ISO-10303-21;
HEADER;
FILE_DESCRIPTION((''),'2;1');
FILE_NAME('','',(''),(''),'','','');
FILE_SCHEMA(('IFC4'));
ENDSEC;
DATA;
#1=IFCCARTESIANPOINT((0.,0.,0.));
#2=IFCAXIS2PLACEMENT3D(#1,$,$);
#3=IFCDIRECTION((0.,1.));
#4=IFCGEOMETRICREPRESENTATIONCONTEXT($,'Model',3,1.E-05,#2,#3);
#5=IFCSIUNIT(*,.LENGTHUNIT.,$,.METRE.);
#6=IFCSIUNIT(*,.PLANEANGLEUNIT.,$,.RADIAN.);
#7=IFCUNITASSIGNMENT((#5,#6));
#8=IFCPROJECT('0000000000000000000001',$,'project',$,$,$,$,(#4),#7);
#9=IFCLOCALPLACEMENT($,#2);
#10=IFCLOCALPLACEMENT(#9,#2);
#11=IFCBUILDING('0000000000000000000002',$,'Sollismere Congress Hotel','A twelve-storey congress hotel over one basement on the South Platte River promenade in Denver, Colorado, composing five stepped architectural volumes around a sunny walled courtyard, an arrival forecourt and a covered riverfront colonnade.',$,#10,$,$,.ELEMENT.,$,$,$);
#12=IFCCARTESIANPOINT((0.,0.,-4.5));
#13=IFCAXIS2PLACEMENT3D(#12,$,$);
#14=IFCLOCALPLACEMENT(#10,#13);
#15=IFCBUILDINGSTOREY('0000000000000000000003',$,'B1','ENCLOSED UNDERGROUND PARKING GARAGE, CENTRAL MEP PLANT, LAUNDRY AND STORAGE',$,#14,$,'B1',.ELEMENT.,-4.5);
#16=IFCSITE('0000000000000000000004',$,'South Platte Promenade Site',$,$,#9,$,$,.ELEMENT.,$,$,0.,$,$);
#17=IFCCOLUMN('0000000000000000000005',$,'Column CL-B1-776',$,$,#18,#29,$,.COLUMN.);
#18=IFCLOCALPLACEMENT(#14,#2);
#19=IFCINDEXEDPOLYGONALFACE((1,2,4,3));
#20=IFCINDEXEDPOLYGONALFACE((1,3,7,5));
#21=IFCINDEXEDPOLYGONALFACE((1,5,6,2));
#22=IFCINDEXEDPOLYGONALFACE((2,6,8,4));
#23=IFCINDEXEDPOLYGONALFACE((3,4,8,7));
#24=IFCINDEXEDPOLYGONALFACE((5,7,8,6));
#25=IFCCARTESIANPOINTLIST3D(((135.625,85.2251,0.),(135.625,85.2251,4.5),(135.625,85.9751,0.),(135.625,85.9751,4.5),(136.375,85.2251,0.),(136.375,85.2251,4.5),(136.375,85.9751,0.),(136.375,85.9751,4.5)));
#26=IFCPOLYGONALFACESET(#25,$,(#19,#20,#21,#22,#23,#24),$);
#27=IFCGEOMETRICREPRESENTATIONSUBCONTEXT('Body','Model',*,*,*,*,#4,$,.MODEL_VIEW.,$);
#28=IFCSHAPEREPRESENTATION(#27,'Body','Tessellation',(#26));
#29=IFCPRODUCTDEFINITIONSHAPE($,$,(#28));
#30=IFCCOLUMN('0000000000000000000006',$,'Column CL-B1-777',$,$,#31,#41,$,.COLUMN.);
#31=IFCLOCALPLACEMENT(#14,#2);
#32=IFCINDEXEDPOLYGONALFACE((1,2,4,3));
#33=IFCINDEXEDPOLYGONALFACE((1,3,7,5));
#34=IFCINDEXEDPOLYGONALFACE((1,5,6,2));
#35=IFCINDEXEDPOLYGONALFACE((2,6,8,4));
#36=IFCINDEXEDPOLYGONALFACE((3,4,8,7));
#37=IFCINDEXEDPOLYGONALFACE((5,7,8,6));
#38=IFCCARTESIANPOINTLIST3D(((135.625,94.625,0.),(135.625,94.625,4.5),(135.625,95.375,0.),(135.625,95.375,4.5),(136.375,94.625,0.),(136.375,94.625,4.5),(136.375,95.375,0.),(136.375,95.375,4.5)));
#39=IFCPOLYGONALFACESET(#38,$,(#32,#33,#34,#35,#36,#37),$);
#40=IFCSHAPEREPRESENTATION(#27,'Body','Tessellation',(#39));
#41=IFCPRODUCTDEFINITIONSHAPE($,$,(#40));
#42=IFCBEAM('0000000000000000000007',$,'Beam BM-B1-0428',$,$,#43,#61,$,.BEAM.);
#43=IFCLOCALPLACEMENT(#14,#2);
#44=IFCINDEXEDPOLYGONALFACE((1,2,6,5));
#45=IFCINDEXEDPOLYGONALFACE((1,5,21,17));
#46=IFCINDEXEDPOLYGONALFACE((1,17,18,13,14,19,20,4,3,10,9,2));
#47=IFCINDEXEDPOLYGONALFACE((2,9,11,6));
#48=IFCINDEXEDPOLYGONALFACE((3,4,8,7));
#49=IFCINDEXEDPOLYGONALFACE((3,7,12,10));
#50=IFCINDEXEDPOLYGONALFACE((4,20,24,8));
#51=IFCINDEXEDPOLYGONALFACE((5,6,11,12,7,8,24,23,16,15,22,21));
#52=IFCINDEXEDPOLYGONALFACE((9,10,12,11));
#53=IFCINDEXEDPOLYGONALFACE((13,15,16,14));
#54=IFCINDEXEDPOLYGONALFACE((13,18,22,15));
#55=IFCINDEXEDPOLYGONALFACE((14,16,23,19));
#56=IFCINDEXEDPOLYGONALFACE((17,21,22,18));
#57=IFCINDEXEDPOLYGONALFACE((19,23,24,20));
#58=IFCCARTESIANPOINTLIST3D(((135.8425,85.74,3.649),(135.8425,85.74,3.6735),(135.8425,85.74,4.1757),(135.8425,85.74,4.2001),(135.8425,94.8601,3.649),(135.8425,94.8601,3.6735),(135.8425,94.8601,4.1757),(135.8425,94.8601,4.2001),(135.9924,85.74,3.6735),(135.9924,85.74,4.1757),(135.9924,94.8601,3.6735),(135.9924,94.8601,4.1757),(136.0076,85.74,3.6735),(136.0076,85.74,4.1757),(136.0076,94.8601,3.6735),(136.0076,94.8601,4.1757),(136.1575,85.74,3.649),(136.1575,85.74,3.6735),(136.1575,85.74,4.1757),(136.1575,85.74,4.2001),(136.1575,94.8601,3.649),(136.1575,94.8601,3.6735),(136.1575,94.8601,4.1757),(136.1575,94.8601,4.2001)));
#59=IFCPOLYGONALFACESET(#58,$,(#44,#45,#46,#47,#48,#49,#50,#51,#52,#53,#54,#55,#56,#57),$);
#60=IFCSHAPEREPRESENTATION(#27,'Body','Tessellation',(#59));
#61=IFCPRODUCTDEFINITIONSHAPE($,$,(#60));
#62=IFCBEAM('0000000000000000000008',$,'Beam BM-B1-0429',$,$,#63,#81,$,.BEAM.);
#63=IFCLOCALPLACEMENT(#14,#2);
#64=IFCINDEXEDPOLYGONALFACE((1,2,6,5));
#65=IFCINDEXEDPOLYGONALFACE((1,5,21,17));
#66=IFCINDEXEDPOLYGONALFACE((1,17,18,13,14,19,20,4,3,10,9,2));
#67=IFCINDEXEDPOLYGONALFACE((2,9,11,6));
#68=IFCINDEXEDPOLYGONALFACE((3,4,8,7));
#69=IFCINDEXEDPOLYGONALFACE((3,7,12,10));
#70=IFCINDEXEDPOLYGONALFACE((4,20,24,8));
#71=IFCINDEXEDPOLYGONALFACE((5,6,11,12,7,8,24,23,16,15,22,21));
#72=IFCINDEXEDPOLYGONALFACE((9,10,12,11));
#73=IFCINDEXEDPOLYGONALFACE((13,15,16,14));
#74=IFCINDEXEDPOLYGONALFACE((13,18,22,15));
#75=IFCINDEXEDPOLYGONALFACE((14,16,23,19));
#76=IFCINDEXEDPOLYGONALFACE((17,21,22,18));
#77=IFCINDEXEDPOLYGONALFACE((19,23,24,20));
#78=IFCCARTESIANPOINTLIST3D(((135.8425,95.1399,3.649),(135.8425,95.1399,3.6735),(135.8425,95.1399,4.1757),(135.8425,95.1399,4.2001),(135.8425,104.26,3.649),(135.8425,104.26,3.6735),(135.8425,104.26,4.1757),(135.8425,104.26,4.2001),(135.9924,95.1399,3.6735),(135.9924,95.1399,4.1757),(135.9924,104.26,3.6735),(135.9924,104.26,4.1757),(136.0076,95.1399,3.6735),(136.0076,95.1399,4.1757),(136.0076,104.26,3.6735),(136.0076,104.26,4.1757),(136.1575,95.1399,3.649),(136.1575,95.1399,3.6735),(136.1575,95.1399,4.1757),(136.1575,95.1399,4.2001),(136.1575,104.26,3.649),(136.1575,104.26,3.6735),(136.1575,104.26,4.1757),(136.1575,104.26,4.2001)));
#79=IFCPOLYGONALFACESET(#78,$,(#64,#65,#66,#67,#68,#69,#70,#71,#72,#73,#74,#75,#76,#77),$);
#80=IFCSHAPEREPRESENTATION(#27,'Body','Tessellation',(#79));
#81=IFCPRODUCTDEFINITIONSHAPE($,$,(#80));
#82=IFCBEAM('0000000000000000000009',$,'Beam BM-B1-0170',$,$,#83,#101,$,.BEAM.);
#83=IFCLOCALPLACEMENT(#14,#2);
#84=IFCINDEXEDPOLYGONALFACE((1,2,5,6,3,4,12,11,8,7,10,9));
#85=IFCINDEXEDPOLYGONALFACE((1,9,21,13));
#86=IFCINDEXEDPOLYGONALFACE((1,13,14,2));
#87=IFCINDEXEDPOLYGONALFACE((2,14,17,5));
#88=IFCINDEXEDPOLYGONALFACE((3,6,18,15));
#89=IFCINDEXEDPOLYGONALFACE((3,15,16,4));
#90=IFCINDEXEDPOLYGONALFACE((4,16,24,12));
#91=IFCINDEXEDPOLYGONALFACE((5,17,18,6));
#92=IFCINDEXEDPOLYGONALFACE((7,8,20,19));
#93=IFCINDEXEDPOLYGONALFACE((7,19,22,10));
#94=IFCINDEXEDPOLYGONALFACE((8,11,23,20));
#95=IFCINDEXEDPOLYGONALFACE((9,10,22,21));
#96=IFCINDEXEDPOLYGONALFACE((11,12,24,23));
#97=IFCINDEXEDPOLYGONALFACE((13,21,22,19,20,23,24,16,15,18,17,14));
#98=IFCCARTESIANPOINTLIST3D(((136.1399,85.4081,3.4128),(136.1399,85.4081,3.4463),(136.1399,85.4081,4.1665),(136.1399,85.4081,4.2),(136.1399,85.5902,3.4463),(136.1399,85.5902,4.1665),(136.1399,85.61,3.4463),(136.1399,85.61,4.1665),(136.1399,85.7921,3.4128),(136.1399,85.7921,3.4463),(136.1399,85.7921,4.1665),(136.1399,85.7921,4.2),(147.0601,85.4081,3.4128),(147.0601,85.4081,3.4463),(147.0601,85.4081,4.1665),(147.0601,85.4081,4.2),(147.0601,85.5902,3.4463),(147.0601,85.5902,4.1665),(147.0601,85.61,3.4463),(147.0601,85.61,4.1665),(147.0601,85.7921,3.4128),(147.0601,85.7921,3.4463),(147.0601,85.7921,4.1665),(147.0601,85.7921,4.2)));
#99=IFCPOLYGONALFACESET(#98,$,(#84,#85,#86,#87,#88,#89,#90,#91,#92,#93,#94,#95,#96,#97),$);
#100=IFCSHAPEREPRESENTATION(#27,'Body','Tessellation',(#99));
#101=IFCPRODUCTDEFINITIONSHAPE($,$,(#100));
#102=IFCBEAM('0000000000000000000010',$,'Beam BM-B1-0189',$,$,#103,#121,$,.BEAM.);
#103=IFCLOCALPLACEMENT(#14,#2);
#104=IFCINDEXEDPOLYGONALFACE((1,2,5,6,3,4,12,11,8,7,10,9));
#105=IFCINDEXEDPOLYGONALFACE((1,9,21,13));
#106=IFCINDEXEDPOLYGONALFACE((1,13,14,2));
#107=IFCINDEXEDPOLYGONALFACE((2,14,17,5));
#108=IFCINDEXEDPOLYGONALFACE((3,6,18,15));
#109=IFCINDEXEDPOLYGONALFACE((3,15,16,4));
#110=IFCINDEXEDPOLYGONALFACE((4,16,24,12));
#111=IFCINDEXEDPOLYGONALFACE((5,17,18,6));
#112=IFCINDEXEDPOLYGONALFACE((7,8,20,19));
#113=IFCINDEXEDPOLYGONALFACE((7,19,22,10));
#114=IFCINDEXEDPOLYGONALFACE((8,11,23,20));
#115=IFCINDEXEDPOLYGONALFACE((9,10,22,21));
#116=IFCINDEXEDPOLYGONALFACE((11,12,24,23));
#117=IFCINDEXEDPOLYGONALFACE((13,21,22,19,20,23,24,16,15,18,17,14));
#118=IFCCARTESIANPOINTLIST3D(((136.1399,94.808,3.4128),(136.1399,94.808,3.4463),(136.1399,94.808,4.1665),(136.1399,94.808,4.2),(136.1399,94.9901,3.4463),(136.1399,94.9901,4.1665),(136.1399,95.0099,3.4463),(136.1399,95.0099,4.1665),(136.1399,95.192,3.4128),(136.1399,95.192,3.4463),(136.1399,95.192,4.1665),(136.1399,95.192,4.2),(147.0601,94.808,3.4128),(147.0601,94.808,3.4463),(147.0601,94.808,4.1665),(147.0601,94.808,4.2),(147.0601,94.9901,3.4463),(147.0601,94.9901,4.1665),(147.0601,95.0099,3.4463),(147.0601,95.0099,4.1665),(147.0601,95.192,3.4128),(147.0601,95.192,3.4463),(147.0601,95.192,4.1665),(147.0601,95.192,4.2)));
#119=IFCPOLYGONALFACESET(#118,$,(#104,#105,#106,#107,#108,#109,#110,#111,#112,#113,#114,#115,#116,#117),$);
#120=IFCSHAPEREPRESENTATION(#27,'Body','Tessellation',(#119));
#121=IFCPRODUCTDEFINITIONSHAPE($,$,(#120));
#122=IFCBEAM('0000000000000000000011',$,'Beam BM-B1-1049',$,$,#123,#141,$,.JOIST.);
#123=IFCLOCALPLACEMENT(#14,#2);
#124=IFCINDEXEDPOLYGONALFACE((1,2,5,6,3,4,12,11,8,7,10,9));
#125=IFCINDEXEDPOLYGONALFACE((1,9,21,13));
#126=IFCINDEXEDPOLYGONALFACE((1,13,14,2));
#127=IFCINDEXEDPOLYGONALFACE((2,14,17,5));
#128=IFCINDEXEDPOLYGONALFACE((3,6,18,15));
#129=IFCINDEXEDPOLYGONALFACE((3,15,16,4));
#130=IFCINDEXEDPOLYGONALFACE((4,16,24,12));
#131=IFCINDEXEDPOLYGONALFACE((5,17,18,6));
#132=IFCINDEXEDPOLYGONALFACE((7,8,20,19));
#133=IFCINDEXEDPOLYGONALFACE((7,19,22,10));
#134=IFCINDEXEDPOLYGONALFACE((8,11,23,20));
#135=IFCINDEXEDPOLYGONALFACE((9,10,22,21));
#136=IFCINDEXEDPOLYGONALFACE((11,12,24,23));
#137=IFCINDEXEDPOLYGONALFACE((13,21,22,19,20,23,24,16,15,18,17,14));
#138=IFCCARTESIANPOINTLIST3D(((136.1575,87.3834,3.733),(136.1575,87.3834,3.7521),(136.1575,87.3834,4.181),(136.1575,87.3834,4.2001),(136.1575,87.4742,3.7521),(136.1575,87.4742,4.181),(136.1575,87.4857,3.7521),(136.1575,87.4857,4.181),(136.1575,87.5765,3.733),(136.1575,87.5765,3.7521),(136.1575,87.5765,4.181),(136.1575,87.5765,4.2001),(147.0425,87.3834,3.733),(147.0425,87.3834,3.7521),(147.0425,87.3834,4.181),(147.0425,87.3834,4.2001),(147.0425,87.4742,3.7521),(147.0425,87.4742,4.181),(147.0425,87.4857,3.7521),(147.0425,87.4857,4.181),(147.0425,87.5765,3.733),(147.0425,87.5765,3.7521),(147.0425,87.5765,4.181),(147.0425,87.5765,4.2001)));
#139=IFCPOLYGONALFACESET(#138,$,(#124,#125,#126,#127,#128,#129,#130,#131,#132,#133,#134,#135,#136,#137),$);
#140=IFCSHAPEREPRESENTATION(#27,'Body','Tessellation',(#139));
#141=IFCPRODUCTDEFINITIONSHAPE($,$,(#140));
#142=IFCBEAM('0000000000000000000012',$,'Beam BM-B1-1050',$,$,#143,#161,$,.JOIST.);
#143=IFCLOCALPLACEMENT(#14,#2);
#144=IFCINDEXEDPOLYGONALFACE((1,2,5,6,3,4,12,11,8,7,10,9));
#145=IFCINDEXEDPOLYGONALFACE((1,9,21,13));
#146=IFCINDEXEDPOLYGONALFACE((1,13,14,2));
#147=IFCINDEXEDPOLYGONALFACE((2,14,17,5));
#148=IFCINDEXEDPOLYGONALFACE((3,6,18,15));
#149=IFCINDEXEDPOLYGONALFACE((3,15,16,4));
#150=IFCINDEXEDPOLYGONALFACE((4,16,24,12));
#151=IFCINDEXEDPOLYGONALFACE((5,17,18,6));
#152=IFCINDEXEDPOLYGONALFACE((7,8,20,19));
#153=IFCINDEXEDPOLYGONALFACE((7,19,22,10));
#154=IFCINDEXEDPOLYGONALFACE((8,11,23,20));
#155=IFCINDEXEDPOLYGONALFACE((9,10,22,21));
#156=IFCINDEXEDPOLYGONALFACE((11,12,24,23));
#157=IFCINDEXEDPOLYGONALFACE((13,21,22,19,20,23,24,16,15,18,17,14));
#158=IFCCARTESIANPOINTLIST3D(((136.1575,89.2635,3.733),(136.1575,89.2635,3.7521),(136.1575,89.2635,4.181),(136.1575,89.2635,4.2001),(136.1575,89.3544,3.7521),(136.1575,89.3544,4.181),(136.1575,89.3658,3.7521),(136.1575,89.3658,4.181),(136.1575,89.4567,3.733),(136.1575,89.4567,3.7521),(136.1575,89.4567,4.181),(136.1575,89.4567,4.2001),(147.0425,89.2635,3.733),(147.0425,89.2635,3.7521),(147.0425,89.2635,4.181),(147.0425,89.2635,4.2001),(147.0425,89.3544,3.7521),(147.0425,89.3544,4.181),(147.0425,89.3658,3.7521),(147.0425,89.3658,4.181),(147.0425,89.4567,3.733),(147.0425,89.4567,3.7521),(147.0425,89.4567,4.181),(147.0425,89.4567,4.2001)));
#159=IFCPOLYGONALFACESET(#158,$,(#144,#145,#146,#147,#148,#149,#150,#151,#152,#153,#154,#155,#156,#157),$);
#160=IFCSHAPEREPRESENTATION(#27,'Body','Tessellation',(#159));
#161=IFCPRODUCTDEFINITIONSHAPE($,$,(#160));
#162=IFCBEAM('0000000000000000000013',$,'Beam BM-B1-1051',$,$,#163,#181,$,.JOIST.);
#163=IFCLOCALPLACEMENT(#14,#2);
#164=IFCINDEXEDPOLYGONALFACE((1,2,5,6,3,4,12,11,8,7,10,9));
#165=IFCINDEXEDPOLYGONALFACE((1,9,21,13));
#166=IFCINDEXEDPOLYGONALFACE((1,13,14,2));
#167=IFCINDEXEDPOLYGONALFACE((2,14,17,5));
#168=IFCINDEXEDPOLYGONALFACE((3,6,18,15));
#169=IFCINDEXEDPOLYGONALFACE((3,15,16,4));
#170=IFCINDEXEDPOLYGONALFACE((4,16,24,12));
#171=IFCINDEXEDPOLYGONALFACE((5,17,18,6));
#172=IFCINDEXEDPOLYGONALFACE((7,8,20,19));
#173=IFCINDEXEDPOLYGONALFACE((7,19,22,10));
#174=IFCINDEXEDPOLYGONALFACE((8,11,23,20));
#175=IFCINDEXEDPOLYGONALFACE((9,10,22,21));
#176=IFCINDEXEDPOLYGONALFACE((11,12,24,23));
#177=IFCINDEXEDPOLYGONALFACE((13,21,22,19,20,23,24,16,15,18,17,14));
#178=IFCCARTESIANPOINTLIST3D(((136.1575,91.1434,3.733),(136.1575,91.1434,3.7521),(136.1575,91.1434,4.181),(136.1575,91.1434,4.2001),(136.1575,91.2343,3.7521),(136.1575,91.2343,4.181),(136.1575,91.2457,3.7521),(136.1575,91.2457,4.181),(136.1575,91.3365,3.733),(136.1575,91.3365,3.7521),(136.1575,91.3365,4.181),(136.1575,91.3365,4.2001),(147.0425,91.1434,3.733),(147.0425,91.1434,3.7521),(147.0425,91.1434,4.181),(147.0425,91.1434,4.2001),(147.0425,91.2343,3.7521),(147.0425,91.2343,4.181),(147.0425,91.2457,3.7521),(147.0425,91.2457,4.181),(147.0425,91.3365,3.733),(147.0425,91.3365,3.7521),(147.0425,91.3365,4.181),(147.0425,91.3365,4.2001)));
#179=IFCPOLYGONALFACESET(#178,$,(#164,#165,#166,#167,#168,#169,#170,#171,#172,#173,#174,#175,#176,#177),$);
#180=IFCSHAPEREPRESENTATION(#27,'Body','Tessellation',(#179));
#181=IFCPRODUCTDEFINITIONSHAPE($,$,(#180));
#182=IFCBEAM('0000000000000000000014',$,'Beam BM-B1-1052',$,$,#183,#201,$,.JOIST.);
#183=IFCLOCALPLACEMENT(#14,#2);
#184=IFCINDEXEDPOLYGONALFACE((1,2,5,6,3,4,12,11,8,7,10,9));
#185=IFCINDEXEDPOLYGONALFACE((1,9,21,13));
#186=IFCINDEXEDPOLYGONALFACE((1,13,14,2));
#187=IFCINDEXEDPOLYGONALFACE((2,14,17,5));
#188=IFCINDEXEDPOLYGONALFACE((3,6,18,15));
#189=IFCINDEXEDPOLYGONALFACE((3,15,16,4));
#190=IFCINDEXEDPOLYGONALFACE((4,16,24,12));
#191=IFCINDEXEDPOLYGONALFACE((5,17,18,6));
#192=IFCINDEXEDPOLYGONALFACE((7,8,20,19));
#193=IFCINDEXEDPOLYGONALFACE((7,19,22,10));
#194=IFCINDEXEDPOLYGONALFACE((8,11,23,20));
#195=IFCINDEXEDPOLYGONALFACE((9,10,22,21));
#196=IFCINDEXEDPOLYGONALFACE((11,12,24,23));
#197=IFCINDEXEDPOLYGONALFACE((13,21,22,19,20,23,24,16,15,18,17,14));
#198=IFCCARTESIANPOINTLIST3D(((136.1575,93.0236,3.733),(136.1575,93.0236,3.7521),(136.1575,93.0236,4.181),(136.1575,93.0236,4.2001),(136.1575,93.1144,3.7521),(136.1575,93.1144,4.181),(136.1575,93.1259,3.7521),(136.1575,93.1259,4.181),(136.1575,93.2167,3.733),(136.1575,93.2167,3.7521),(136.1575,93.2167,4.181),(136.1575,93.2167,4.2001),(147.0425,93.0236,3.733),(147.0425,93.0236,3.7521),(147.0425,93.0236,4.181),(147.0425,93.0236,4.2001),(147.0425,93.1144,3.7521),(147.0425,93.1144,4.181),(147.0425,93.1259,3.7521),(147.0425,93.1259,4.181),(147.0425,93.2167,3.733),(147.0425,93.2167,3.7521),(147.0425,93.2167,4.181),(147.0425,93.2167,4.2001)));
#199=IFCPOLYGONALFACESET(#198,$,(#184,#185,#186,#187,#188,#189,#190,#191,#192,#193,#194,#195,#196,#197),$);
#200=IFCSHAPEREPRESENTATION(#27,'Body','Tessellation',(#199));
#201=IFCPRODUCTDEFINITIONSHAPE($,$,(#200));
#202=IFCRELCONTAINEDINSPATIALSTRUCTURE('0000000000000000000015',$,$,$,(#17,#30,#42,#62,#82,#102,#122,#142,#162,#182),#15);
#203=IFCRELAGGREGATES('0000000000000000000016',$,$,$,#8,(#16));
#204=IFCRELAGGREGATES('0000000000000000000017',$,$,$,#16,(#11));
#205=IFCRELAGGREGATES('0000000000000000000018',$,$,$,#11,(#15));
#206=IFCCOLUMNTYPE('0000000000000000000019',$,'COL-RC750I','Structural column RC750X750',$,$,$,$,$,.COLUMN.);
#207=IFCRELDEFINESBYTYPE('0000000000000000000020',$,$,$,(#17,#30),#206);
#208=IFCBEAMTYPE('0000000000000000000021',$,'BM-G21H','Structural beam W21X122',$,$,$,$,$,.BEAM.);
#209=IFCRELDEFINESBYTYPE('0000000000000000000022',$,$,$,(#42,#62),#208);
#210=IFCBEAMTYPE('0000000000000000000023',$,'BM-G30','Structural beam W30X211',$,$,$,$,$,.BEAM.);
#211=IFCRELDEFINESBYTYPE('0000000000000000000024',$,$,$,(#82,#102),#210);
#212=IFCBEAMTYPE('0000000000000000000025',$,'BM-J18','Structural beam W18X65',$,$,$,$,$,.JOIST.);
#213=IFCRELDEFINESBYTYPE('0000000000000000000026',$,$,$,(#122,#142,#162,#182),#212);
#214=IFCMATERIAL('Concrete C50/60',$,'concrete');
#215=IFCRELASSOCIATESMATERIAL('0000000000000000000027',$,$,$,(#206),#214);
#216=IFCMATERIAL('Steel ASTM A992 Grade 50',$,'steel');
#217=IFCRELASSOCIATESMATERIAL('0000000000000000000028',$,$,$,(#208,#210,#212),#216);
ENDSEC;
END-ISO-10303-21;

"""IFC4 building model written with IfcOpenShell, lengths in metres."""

from ifc_helpers import new_model, si_unit, direction, frame, origin, origin_2d, place, context, subcontext, project, spatial, rectangle, i_section, extrude, material, material_profile, profile_set, type_object, element, save


model = new_model("IFC4")

# Units and contexts
model_context = context("Model", 3, precision=1e-05, world=origin(), true_north=direction((0.0, 1.0)))
body_context = subcontext(model_context, "Body", "Model", "MODEL_VIEW")
ifc_project = project(units=[si_unit("LENGTHUNIT", "METRE"), si_unit("PLANEANGLEUNIT", "RADIAN")], contexts=[model_context])

# Site, building, storey
site_placement = place(None, origin())
site = spatial("IfcSite", under=ifc_project, at=site_placement, Name="South Platte Promenade Site", CompositionType="ELEMENT", RefElevation=0.0)
building_placement = place(site_placement, origin())
building = spatial("IfcBuilding", under=site, at=building_placement, Name="Sollismere Congress Hotel", Description="A twelve-storey congress hotel over one basement on the South Platte River promenade in Denver, Colorado, composing five stepped architectural volumes around a sunny walled courtyard, an arrival forecourt and a covered riverfront colonnade.", CompositionType="ELEMENT")
storey_placement = place(building_placement, frame((0.0, 0.0, -4.5)))
storey = spatial("IfcBuildingStorey", under=building, at=storey_placement, Name="B1", Description="ENCLOSED UNDERGROUND PARKING GARAGE, CENTRAL MEP PLANT, LAUNDRY AND STORAGE", LongName="B1", CompositionType="ELEMENT", Elevation=-4.5)

# Columns
ifc_material_1 = material(Name="Concrete C50/60", Category="concrete")
ifc_material_profile_1 = material_profile(ifc_material_1, rectangle(XDim=0.75, YDim=0.75, at=origin_2d()), Name="RC750X750")
ifc_profile_set_1 = profile_set([ifc_material_profile_1], Name="Concrete C50/60")
column_type = type_object("IfcColumnType", Name="COL-RC750I", Description="Structural column RC750X750", PredefinedType="COLUMN", material=ifc_profile_set_1)
for number, where, z_axis, x_axis, name in (
    (1, (136.0, 85.6001, 0.0), (0.0, 0.0, 1.0), (1.0, 0.0, 0.0), "Column CL-B1-776"),
    (2, (136.0, 95.0, 0.0), (0.0, 0.0, 1.0), (1.0, 0.0, 0.0), "Column CL-B1-777"),
):
    element("IfcColumn", number, at=place(storey_placement, frame(where, z_axis=z_axis, x_axis=x_axis)), inside=storey, type_object=column_type, Name=name, PredefinedType="COLUMN", context=body_context, shape_type="SweptSolid", body=[
        extrude(rectangle(XDim=0.75, YDim=0.75, at=origin_2d()), origin(), (0.0, 0.0, 1.0), 4.5),
    ])

# Beams
ifc_material_2 = material(Name="Steel ASTM A992 Grade 50", Category="steel")
ifc_material_profile_2 = material_profile(ifc_material_2, i_section(OverallWidth=0.3149, OverallDepth=0.551, WebThickness=0.0151, FlangeThickness=0.0244, at=origin_2d()), Name="W21X122")
ifc_profile_set_2 = profile_set([ifc_material_profile_2], Name="Steel ASTM A992 Grade 50")
beam_type_1 = type_object("IfcBeamType", Name="BM-G21H", Description="Structural beam W21X122", PredefinedType="BEAM", material=ifc_profile_set_2)
for number, where, z_axis, x_axis, name in (
    (3, (136.0, 85.74, 3.9246), (0.0, 1.0, 0.0), (-1.0, 0.0, 0.0), "Beam BM-B1-0428"),
    (4, (136.0, 95.1399, 3.9246), (0.0, 1.0, 0.0), (-1.0, 0.0, 0.0), "Beam BM-B1-0429"),
):
    element("IfcBeam", number, at=place(storey_placement, frame(where, z_axis=z_axis, x_axis=x_axis)), inside=storey, type_object=beam_type_1, Name=name, PredefinedType="BEAM", context=body_context, shape_type="SweptSolid", body=[
        extrude(i_section(OverallWidth=0.3149, OverallDepth=0.551, WebThickness=0.0151, FlangeThickness=0.0244, at=origin_2d()), origin(), (0.0, 0.0, 1.0), 9.1201),
    ])
ifc_material_profile_3 = material_profile(ifc_material_2, i_section(OverallWidth=0.384, OverallDepth=0.7871, WebThickness=0.0198, FlangeThickness=0.0334, at=origin_2d()), Name="W30X211")
ifc_profile_set_3 = profile_set([ifc_material_profile_3], Name="Steel ASTM A992 Grade 50")
beam_type_2 = type_object("IfcBeamType", Name="BM-G30", Description="Structural beam W30X211", PredefinedType="BEAM", material=ifc_profile_set_3)
for number, where, z_axis, x_axis, name in (
    (5, (136.1399, 85.6001, 3.8064), (1.0, 0.0, 0.0), (0.0, 1.0, 0.0), "Beam BM-B1-0170"),
    (6, (136.1399, 95.0, 3.8064), (1.0, 0.0, 0.0), (0.0, 1.0, 0.0), "Beam BM-B1-0189"),
):
    element("IfcBeam", number, at=place(storey_placement, frame(where, z_axis=z_axis, x_axis=x_axis)), inside=storey, type_object=beam_type_2, Name=name, PredefinedType="BEAM", context=body_context, shape_type="SweptSolid", body=[
        extrude(i_section(OverallWidth=0.384, OverallDepth=0.7871, WebThickness=0.0198, FlangeThickness=0.0334, at=origin_2d()), origin(), (0.0, 0.0, 1.0), 10.9202),
    ])
ifc_material_profile_4 = material_profile(ifc_material_2, i_section(OverallWidth=0.1931, OverallDepth=0.467, WebThickness=0.0115, FlangeThickness=0.019, at=origin_2d()), Name="W18X65")
ifc_profile_set_4 = profile_set([ifc_material_profile_4], Name="Steel ASTM A992 Grade 50")
beam_type_3 = type_object("IfcBeamType", Name="BM-J18", Description="Structural beam W18X65", PredefinedType="JOIST", material=ifc_profile_set_4)
for number, where, z_axis, x_axis, name in (
    (7, (136.1575, 87.48, 3.9666), (1.0, 0.0, 0.0), (0.0, 1.0, 0.0), "Beam BM-B1-1049"),
    (8, (136.1575, 89.3601, 3.9666), (1.0, 0.0, 0.0), (0.0, 1.0, 0.0), "Beam BM-B1-1050"),
    (9, (136.1575, 91.24, 3.9666), (1.0, 0.0, 0.0), (0.0, 1.0, 0.0), "Beam BM-B1-1051"),
    (10, (136.1575, 93.1201, 3.9666), (1.0, 0.0, 0.0), (0.0, 1.0, 0.0), "Beam BM-B1-1052"),
):
    element("IfcBeam", number, at=place(storey_placement, frame(where, z_axis=z_axis, x_axis=x_axis)), inside=storey, type_object=beam_type_3, Name=name, PredefinedType="JOIST", context=body_context, shape_type="SweptSolid", body=[
        extrude(i_section(OverallWidth=0.1931, OverallDepth=0.467, WebThickness=0.0115, FlangeThickness=0.019, at=origin_2d()), origin(), (0.0, 0.0, 1.0), 10.885),
    ])

save(model, "model.ifc")
